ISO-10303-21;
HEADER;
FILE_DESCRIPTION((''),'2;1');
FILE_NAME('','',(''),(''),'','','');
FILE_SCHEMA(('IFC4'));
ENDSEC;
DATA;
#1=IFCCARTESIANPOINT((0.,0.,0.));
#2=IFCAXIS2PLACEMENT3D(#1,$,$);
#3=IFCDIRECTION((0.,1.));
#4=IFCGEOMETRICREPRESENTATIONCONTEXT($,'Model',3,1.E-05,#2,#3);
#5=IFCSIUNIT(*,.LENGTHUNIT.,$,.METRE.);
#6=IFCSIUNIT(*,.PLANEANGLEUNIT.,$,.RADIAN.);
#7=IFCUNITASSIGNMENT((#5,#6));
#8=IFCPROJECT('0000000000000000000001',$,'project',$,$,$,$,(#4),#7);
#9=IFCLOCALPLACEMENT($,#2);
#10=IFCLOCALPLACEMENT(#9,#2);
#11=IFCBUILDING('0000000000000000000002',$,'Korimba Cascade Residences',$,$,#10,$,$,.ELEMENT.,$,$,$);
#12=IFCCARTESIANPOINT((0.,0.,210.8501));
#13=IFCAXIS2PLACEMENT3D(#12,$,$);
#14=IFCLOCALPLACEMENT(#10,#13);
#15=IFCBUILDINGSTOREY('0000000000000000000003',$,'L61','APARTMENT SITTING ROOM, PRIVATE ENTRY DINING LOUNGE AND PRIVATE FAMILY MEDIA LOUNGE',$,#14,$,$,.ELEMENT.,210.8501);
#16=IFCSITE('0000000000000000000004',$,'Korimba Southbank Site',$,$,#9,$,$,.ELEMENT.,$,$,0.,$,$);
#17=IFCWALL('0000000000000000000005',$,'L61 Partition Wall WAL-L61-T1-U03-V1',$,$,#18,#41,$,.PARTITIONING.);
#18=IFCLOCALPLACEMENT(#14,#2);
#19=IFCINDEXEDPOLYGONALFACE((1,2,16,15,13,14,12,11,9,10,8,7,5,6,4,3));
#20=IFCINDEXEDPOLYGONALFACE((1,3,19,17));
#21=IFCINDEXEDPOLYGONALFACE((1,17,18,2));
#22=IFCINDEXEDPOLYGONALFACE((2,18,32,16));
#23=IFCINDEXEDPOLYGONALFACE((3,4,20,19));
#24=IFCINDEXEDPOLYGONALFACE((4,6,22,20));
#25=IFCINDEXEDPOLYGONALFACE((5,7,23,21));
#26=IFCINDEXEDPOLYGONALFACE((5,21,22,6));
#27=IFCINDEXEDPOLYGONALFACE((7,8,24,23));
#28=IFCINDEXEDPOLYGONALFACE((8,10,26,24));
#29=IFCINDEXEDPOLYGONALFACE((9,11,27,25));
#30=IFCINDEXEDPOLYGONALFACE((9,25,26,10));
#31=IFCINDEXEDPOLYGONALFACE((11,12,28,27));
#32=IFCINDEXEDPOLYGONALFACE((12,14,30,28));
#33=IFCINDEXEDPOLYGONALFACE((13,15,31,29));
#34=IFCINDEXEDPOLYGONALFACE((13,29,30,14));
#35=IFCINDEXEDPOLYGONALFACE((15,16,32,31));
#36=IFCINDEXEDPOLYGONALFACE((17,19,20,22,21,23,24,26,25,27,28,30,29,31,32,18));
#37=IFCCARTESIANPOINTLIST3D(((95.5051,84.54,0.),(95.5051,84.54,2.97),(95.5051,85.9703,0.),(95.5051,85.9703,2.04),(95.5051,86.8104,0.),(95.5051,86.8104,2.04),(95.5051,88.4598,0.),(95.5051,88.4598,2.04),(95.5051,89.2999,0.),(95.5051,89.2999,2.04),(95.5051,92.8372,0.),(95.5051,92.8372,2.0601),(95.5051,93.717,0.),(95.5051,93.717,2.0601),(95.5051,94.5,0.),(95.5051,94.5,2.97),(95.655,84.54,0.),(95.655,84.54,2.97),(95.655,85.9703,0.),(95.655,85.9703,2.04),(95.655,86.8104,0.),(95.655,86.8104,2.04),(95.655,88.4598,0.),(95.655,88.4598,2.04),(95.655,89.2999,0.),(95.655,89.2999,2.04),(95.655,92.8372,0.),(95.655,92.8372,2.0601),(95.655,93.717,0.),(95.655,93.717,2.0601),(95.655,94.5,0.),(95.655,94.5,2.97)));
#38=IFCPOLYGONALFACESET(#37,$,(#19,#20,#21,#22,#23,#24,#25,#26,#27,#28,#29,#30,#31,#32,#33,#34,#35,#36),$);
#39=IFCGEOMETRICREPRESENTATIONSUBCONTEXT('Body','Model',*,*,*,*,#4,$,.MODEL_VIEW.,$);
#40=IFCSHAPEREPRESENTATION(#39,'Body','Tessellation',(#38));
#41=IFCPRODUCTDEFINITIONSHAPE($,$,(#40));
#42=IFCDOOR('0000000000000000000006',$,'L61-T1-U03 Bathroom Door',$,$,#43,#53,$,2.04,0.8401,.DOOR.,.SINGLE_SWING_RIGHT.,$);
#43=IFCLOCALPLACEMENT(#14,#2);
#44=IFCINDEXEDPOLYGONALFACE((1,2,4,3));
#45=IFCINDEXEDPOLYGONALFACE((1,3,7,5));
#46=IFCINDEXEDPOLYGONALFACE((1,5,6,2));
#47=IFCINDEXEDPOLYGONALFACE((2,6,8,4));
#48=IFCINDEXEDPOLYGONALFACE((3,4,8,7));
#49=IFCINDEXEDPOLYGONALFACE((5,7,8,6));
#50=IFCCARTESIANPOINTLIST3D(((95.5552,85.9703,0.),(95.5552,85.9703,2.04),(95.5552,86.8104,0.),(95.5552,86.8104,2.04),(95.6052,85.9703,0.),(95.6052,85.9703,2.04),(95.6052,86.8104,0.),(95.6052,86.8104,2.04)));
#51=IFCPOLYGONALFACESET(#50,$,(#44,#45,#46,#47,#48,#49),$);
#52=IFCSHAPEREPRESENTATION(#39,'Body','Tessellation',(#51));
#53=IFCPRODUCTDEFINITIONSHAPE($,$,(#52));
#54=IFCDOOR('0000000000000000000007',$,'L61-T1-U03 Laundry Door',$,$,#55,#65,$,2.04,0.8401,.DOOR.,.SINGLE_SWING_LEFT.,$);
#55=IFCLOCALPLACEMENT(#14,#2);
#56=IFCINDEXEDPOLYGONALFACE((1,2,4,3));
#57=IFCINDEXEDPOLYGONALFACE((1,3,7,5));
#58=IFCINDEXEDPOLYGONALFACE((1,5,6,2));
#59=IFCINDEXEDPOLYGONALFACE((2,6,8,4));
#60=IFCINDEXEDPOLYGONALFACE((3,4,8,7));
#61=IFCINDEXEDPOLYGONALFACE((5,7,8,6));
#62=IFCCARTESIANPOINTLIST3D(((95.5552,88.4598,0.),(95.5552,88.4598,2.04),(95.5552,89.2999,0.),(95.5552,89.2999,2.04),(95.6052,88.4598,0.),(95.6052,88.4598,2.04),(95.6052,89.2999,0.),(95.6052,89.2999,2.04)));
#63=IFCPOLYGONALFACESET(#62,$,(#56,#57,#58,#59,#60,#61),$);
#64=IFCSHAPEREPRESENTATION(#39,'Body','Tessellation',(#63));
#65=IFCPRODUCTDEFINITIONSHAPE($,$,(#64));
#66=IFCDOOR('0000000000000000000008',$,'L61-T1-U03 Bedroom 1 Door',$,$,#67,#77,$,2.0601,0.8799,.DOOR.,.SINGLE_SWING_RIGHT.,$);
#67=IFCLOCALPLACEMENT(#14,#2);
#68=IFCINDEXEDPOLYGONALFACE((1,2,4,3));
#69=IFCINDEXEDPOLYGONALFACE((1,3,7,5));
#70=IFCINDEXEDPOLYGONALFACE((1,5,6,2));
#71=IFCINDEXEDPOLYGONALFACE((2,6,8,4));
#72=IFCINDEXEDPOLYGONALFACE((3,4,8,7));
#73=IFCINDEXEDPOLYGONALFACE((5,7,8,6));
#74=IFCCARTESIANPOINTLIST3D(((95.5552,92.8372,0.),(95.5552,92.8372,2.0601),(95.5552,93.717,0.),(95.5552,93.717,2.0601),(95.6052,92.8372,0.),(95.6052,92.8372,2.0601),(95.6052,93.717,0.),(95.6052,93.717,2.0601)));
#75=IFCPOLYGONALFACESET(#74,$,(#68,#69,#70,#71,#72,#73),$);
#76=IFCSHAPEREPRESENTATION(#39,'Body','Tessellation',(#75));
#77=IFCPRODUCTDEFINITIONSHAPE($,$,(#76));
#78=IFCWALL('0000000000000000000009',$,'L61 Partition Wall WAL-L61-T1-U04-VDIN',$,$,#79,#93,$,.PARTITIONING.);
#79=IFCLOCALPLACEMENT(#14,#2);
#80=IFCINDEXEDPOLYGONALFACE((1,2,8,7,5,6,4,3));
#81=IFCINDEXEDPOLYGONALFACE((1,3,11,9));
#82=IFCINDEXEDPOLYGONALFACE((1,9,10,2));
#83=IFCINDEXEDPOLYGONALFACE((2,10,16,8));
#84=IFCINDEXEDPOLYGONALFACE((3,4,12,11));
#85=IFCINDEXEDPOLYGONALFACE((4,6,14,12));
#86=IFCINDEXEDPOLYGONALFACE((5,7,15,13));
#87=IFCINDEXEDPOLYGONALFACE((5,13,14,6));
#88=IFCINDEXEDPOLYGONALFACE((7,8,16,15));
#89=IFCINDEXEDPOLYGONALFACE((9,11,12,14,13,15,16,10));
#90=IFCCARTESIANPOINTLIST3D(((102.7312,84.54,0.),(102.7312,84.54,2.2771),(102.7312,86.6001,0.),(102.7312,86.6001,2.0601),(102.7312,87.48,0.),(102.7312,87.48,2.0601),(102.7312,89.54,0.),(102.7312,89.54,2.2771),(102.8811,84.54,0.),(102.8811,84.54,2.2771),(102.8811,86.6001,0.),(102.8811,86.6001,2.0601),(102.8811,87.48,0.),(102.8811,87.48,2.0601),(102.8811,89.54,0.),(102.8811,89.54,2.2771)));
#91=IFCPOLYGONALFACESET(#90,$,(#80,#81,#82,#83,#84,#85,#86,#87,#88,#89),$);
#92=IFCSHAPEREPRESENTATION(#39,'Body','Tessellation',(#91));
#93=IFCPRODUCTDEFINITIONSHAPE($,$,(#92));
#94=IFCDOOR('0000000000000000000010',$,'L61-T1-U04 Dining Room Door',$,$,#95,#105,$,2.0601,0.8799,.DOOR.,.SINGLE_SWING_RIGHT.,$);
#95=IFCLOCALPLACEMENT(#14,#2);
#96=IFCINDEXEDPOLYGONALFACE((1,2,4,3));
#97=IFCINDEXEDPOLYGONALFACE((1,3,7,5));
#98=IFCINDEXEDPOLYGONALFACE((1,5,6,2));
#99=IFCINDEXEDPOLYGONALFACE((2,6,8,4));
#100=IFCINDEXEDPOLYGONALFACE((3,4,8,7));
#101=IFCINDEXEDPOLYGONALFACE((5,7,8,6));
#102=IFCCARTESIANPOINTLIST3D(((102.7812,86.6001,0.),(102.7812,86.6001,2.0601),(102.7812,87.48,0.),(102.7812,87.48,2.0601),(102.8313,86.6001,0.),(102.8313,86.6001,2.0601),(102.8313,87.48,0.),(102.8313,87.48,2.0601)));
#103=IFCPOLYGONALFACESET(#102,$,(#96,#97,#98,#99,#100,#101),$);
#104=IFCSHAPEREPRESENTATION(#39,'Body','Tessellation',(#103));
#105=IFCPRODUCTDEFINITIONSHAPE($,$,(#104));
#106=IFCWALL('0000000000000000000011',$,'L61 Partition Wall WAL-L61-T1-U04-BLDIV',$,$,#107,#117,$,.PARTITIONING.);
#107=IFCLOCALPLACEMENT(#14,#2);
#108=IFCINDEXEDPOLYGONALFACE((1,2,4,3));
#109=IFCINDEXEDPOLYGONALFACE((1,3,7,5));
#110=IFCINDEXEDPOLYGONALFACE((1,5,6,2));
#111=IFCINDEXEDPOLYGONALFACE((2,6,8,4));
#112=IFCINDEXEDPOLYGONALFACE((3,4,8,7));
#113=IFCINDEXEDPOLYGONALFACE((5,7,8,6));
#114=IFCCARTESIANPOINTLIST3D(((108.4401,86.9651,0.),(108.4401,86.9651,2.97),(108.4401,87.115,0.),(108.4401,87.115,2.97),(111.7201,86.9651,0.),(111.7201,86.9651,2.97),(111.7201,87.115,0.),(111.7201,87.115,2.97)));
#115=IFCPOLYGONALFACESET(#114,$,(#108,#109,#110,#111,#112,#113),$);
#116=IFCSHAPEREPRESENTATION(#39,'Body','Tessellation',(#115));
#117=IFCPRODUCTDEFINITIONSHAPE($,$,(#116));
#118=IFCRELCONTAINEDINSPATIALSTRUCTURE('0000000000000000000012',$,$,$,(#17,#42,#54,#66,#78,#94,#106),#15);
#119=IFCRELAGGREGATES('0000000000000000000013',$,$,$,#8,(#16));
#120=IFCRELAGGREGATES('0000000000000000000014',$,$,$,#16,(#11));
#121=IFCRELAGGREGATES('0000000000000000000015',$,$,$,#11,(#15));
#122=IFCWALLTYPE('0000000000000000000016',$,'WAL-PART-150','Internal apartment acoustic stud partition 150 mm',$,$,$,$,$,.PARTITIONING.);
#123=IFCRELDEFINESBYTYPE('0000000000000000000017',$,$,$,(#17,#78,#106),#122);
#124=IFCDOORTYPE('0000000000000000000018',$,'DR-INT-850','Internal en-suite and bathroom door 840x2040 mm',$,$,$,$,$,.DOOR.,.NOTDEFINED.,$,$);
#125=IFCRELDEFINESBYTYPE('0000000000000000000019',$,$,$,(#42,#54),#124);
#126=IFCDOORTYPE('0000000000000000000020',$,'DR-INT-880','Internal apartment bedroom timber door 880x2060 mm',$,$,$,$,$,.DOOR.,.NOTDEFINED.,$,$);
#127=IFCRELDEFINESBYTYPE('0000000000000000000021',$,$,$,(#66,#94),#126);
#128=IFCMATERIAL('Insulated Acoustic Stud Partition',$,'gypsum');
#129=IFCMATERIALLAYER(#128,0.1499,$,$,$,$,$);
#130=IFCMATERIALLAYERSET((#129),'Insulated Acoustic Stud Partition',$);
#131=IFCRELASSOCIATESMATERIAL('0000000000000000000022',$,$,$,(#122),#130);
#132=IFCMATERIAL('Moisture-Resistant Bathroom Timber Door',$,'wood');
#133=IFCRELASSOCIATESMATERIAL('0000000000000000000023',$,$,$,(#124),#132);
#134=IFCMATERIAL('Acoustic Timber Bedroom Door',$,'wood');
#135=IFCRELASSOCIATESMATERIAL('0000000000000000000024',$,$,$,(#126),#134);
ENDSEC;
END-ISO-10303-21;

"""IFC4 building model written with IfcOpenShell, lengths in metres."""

from ifc_helpers import new_model, si_unit, direction, frame, frame_2d, origin, place, context, subcontext, project, spatial, rectangle, extrude, material, layer, layer_set, type_object, element, fill, save


model = new_model("IFC4")

# Units and contexts
model_context = context("Model", 3, precision=1e-05, world=origin(), true_north=direction((0.0, 1.0)))
body_context = subcontext(model_context, "Body", "Model", "MODEL_VIEW")
ifc_project = project(units=[si_unit("LENGTHUNIT", "METRE"), si_unit("PLANEANGLEUNIT", "RADIAN")], contexts=[model_context])

# Site, building, storey
site_placement = place(None, origin())
site = spatial("IfcSite", under=ifc_project, at=site_placement, Name="Korimba Southbank Site", CompositionType="ELEMENT", RefElevation=0.0)
building_placement = place(site_placement, origin())
building = spatial("IfcBuilding", under=site, at=building_placement, Name="Korimba Cascade Residences", CompositionType="ELEMENT")
storey_placement = place(building_placement, frame((0.0, 0.0, 210.8501)))
storey = spatial("IfcBuildingStorey", under=building, at=storey_placement, Name="L61", Description="APARTMENT SITTING ROOM, PRIVATE ENTRY DINING LOUNGE AND PRIVATE FAMILY MEDIA LOUNGE", CompositionType="ELEMENT", Elevation=210.8501)

# Shared definitions
ifc_material_1 = material(Name="Insulated Acoustic Stud Partition", Category="gypsum")
ifc_layer = layer(ifc_material_1, 0.1499)
ifc_layer_set = layer_set([ifc_layer], Name="Insulated Acoustic Stud Partition")
wall_type = type_object("IfcWallType", Name="WAL-PART-150", Description="Internal apartment acoustic stud partition 150 mm", PredefinedType="PARTITIONING", material=ifc_layer_set)

# Wall, openings, doors
wall_1_placement = place(storey_placement, frame((95.5801, 84.54, 0.0), z_axis=(0.0, 0.0, 1.0), x_axis=(0.0, 1.0, 0.0)))
wall_1 = element("IfcWall", 1, at=wall_1_placement, inside=storey, type_object=wall_type, Name="L61 Partition Wall WAL-L61-T1-U03-V1", PredefinedType="PARTITIONING", context=body_context, shape_type="SweptSolid", body=[
    extrude(rectangle(XDim=9.96, YDim=0.1499, at=frame_2d((4.98, 0.0))), origin(), (0.0, 0.0, 1.0), 2.97),
])
opening_1_placement = place(wall_1_placement, frame((1.4304, 0.0, 0.0)))
opening_1 = element("IfcOpeningElement", 2, at=opening_1_placement, cuts=wall_1, PredefinedType="OPENING", context=body_context, shape_type="SweptSolid", body=[
    extrude(rectangle(XDim=0.8401, YDim=2.04, at=frame_2d((0.4199, 1.02))), frame((0.0, 0.085, 0.0), z_axis=(0.0, -1.0, 0.0), x_axis=(1.0, 0.0, 0.0)), (0.0, 0.0, 1.0), 0.1699),
])
opening_2_placement = place(wall_1_placement, frame((3.9199, 0.0, 0.0)))
opening_2 = element("IfcOpeningElement", 3, at=opening_2_placement, cuts=wall_1, PredefinedType="OPENING", context=body_context, shape_type="SweptSolid", body=[
    extrude(rectangle(XDim=0.8401, YDim=2.04, at=frame_2d((0.4199, 1.02))), frame((0.0, 0.085, 0.0), z_axis=(0.0, -1.0, 0.0), x_axis=(1.0, 0.0, 0.0)), (0.0, 0.0, 1.0), 0.1699),
])
opening_3_placement = place(wall_1_placement, frame((8.2971, 0.0, 0.0)))
opening_3 = element("IfcOpeningElement", 4, at=opening_3_placement, cuts=wall_1, PredefinedType="OPENING", context=body_context, shape_type="SweptSolid", body=[
    extrude(rectangle(XDim=0.8799, YDim=2.0601, at=frame_2d((0.4399, 1.03))), frame((0.0, 0.085, 0.0), z_axis=(0.0, -1.0, 0.0), x_axis=(1.0, 0.0, 0.0)), (0.0, 0.0, 1.0), 0.1699),
])
ifc_material_2 = material(Name="Moisture-Resistant Bathroom Timber Door", Category="wood")
door_type_1 = type_object("IfcDoorType", Name="DR-INT-850", Description="Internal en-suite and bathroom door 840x2040 mm", OperationType="NOTDEFINED", PredefinedType="DOOR", material=ifc_material_2)
door_1_placement = place(opening_1_placement, origin())
door_1 = element("IfcDoor", 5, at=door_1_placement, inside=storey, type_object=door_type_1, Name="L61-T1-U03 Bathroom Door", OperationType="SINGLE_SWING_RIGHT", OverallHeight=2.04, OverallWidth=0.8401, PredefinedType="DOOR", context=body_context, shape_type="SweptSolid", body=[
    extrude(rectangle(XDim=0.8401, YDim=2.04, at=frame_2d((0.4199, 1.02))), frame((0.0, 0.0249, 0.0), z_axis=(0.0, -1.0, 0.0), x_axis=(1.0, 0.0, 0.0)), (0.0, 0.0, 1.0), 0.05),
])
fill(opening_1, door_1)
door_2_placement = place(opening_2_placement, origin())
door_2 = element("IfcDoor", 6, at=door_2_placement, inside=storey, type_object=door_type_1, Name="L61-T1-U03 Laundry Door", OperationType="SINGLE_SWING_LEFT", OverallHeight=2.04, OverallWidth=0.8401, PredefinedType="DOOR", context=body_context, shape_type="SweptSolid", body=[
    extrude(rectangle(XDim=0.8401, YDim=2.04, at=frame_2d((0.4199, 1.02))), frame((0.0, 0.0249, 0.0), z_axis=(0.0, -1.0, 0.0), x_axis=(1.0, 0.0, 0.0)), (0.0, 0.0, 1.0), 0.05),
])
fill(opening_2, door_2)
ifc_material_3 = material(Name="Acoustic Timber Bedroom Door", Category="wood")
door_type_2 = type_object("IfcDoorType", Name="DR-INT-880", Description="Internal apartment bedroom timber door 880x2060 mm", OperationType="NOTDEFINED", PredefinedType="DOOR", material=ifc_material_3)
door_3_placement = place(opening_3_placement, origin())
door_3 = element("IfcDoor", 7, at=door_3_placement, inside=storey, type_object=door_type_2, Name="L61-T1-U03 Bedroom 1 Door", OperationType="SINGLE_SWING_RIGHT", OverallHeight=2.0601, OverallWidth=0.8799, PredefinedType="DOOR", context=body_context, shape_type="SweptSolid", body=[
    extrude(rectangle(XDim=0.8799, YDim=2.0601, at=frame_2d((0.4399, 1.03))), frame((0.0, 0.0249, 0.0), z_axis=(0.0, -1.0, 0.0), x_axis=(1.0, 0.0, 0.0)), (0.0, 0.0, 1.0), 0.05),
])
fill(opening_3, door_3)

# Wall, opening, door
wall_2_placement = place(storey_placement, frame((102.8062, 84.54, 0.0), z_axis=(0.0, 0.0, 1.0), x_axis=(0.0, 1.0, 0.0)))
wall_2 = element("IfcWall", 8, at=wall_2_placement, inside=storey, type_object=wall_type, Name="L61 Partition Wall WAL-L61-T1-U04-VDIN", PredefinedType="PARTITIONING", context=body_context, shape_type="SweptSolid", body=[
    extrude(rectangle(XDim=5.0, YDim=0.1499, at=frame_2d((2.5, 0.0))), origin(), (0.0, 0.0, 1.0), 2.2771),
])
opening_4_placement = place(wall_2_placement, frame((2.0601, 0.0, 0.0)))
opening_4 = element("IfcOpeningElement", 9, at=opening_4_placement, cuts=wall_2, PredefinedType="OPENING", context=body_context, shape_type="SweptSolid", body=[
    extrude(rectangle(XDim=0.8799, YDim=2.0601, at=frame_2d((0.4399, 1.03))), frame((0.0, 0.085, 0.0), z_axis=(0.0, -1.0, 0.0), x_axis=(1.0, 0.0, 0.0)), (0.0, 0.0, 1.0), 0.1699),
])
door_4_placement = place(opening_4_placement, origin())
door_4 = element("IfcDoor", 10, at=door_4_placement, inside=storey, type_object=door_type_2, Name="L61-T1-U04 Dining Room Door", OperationType="SINGLE_SWING_RIGHT", OverallHeight=2.0601, OverallWidth=0.8799, PredefinedType="DOOR", context=body_context, shape_type="SweptSolid", body=[
    extrude(rectangle(XDim=0.8799, YDim=2.0601, at=frame_2d((0.4399, 1.03))), frame((0.0, 0.0249, 0.0), z_axis=(0.0, -1.0, 0.0), x_axis=(1.0, 0.0, 0.0)), (0.0, 0.0, 1.0), 0.05),
])
fill(opening_4, door_4)

# Wall
wall_3_placement = place(storey_placement, frame((108.4399, 87.04, 0.0), z_axis=(0.0, 0.0, 1.0), x_axis=(1.0, 0.0, 0.0)))
element("IfcWall", 11, at=wall_3_placement, inside=storey, type_object=wall_type, Name="L61 Partition Wall WAL-L61-T1-U04-BLDIV", PredefinedType="PARTITIONING", context=body_context, shape_type="SweptSolid", body=[
    extrude(rectangle(XDim=3.28, YDim=0.1499, at=frame_2d((1.6401, 0.0))), origin(), (0.0, 0.0, 1.0), 2.97),
])

save(model, "model.ifc")
